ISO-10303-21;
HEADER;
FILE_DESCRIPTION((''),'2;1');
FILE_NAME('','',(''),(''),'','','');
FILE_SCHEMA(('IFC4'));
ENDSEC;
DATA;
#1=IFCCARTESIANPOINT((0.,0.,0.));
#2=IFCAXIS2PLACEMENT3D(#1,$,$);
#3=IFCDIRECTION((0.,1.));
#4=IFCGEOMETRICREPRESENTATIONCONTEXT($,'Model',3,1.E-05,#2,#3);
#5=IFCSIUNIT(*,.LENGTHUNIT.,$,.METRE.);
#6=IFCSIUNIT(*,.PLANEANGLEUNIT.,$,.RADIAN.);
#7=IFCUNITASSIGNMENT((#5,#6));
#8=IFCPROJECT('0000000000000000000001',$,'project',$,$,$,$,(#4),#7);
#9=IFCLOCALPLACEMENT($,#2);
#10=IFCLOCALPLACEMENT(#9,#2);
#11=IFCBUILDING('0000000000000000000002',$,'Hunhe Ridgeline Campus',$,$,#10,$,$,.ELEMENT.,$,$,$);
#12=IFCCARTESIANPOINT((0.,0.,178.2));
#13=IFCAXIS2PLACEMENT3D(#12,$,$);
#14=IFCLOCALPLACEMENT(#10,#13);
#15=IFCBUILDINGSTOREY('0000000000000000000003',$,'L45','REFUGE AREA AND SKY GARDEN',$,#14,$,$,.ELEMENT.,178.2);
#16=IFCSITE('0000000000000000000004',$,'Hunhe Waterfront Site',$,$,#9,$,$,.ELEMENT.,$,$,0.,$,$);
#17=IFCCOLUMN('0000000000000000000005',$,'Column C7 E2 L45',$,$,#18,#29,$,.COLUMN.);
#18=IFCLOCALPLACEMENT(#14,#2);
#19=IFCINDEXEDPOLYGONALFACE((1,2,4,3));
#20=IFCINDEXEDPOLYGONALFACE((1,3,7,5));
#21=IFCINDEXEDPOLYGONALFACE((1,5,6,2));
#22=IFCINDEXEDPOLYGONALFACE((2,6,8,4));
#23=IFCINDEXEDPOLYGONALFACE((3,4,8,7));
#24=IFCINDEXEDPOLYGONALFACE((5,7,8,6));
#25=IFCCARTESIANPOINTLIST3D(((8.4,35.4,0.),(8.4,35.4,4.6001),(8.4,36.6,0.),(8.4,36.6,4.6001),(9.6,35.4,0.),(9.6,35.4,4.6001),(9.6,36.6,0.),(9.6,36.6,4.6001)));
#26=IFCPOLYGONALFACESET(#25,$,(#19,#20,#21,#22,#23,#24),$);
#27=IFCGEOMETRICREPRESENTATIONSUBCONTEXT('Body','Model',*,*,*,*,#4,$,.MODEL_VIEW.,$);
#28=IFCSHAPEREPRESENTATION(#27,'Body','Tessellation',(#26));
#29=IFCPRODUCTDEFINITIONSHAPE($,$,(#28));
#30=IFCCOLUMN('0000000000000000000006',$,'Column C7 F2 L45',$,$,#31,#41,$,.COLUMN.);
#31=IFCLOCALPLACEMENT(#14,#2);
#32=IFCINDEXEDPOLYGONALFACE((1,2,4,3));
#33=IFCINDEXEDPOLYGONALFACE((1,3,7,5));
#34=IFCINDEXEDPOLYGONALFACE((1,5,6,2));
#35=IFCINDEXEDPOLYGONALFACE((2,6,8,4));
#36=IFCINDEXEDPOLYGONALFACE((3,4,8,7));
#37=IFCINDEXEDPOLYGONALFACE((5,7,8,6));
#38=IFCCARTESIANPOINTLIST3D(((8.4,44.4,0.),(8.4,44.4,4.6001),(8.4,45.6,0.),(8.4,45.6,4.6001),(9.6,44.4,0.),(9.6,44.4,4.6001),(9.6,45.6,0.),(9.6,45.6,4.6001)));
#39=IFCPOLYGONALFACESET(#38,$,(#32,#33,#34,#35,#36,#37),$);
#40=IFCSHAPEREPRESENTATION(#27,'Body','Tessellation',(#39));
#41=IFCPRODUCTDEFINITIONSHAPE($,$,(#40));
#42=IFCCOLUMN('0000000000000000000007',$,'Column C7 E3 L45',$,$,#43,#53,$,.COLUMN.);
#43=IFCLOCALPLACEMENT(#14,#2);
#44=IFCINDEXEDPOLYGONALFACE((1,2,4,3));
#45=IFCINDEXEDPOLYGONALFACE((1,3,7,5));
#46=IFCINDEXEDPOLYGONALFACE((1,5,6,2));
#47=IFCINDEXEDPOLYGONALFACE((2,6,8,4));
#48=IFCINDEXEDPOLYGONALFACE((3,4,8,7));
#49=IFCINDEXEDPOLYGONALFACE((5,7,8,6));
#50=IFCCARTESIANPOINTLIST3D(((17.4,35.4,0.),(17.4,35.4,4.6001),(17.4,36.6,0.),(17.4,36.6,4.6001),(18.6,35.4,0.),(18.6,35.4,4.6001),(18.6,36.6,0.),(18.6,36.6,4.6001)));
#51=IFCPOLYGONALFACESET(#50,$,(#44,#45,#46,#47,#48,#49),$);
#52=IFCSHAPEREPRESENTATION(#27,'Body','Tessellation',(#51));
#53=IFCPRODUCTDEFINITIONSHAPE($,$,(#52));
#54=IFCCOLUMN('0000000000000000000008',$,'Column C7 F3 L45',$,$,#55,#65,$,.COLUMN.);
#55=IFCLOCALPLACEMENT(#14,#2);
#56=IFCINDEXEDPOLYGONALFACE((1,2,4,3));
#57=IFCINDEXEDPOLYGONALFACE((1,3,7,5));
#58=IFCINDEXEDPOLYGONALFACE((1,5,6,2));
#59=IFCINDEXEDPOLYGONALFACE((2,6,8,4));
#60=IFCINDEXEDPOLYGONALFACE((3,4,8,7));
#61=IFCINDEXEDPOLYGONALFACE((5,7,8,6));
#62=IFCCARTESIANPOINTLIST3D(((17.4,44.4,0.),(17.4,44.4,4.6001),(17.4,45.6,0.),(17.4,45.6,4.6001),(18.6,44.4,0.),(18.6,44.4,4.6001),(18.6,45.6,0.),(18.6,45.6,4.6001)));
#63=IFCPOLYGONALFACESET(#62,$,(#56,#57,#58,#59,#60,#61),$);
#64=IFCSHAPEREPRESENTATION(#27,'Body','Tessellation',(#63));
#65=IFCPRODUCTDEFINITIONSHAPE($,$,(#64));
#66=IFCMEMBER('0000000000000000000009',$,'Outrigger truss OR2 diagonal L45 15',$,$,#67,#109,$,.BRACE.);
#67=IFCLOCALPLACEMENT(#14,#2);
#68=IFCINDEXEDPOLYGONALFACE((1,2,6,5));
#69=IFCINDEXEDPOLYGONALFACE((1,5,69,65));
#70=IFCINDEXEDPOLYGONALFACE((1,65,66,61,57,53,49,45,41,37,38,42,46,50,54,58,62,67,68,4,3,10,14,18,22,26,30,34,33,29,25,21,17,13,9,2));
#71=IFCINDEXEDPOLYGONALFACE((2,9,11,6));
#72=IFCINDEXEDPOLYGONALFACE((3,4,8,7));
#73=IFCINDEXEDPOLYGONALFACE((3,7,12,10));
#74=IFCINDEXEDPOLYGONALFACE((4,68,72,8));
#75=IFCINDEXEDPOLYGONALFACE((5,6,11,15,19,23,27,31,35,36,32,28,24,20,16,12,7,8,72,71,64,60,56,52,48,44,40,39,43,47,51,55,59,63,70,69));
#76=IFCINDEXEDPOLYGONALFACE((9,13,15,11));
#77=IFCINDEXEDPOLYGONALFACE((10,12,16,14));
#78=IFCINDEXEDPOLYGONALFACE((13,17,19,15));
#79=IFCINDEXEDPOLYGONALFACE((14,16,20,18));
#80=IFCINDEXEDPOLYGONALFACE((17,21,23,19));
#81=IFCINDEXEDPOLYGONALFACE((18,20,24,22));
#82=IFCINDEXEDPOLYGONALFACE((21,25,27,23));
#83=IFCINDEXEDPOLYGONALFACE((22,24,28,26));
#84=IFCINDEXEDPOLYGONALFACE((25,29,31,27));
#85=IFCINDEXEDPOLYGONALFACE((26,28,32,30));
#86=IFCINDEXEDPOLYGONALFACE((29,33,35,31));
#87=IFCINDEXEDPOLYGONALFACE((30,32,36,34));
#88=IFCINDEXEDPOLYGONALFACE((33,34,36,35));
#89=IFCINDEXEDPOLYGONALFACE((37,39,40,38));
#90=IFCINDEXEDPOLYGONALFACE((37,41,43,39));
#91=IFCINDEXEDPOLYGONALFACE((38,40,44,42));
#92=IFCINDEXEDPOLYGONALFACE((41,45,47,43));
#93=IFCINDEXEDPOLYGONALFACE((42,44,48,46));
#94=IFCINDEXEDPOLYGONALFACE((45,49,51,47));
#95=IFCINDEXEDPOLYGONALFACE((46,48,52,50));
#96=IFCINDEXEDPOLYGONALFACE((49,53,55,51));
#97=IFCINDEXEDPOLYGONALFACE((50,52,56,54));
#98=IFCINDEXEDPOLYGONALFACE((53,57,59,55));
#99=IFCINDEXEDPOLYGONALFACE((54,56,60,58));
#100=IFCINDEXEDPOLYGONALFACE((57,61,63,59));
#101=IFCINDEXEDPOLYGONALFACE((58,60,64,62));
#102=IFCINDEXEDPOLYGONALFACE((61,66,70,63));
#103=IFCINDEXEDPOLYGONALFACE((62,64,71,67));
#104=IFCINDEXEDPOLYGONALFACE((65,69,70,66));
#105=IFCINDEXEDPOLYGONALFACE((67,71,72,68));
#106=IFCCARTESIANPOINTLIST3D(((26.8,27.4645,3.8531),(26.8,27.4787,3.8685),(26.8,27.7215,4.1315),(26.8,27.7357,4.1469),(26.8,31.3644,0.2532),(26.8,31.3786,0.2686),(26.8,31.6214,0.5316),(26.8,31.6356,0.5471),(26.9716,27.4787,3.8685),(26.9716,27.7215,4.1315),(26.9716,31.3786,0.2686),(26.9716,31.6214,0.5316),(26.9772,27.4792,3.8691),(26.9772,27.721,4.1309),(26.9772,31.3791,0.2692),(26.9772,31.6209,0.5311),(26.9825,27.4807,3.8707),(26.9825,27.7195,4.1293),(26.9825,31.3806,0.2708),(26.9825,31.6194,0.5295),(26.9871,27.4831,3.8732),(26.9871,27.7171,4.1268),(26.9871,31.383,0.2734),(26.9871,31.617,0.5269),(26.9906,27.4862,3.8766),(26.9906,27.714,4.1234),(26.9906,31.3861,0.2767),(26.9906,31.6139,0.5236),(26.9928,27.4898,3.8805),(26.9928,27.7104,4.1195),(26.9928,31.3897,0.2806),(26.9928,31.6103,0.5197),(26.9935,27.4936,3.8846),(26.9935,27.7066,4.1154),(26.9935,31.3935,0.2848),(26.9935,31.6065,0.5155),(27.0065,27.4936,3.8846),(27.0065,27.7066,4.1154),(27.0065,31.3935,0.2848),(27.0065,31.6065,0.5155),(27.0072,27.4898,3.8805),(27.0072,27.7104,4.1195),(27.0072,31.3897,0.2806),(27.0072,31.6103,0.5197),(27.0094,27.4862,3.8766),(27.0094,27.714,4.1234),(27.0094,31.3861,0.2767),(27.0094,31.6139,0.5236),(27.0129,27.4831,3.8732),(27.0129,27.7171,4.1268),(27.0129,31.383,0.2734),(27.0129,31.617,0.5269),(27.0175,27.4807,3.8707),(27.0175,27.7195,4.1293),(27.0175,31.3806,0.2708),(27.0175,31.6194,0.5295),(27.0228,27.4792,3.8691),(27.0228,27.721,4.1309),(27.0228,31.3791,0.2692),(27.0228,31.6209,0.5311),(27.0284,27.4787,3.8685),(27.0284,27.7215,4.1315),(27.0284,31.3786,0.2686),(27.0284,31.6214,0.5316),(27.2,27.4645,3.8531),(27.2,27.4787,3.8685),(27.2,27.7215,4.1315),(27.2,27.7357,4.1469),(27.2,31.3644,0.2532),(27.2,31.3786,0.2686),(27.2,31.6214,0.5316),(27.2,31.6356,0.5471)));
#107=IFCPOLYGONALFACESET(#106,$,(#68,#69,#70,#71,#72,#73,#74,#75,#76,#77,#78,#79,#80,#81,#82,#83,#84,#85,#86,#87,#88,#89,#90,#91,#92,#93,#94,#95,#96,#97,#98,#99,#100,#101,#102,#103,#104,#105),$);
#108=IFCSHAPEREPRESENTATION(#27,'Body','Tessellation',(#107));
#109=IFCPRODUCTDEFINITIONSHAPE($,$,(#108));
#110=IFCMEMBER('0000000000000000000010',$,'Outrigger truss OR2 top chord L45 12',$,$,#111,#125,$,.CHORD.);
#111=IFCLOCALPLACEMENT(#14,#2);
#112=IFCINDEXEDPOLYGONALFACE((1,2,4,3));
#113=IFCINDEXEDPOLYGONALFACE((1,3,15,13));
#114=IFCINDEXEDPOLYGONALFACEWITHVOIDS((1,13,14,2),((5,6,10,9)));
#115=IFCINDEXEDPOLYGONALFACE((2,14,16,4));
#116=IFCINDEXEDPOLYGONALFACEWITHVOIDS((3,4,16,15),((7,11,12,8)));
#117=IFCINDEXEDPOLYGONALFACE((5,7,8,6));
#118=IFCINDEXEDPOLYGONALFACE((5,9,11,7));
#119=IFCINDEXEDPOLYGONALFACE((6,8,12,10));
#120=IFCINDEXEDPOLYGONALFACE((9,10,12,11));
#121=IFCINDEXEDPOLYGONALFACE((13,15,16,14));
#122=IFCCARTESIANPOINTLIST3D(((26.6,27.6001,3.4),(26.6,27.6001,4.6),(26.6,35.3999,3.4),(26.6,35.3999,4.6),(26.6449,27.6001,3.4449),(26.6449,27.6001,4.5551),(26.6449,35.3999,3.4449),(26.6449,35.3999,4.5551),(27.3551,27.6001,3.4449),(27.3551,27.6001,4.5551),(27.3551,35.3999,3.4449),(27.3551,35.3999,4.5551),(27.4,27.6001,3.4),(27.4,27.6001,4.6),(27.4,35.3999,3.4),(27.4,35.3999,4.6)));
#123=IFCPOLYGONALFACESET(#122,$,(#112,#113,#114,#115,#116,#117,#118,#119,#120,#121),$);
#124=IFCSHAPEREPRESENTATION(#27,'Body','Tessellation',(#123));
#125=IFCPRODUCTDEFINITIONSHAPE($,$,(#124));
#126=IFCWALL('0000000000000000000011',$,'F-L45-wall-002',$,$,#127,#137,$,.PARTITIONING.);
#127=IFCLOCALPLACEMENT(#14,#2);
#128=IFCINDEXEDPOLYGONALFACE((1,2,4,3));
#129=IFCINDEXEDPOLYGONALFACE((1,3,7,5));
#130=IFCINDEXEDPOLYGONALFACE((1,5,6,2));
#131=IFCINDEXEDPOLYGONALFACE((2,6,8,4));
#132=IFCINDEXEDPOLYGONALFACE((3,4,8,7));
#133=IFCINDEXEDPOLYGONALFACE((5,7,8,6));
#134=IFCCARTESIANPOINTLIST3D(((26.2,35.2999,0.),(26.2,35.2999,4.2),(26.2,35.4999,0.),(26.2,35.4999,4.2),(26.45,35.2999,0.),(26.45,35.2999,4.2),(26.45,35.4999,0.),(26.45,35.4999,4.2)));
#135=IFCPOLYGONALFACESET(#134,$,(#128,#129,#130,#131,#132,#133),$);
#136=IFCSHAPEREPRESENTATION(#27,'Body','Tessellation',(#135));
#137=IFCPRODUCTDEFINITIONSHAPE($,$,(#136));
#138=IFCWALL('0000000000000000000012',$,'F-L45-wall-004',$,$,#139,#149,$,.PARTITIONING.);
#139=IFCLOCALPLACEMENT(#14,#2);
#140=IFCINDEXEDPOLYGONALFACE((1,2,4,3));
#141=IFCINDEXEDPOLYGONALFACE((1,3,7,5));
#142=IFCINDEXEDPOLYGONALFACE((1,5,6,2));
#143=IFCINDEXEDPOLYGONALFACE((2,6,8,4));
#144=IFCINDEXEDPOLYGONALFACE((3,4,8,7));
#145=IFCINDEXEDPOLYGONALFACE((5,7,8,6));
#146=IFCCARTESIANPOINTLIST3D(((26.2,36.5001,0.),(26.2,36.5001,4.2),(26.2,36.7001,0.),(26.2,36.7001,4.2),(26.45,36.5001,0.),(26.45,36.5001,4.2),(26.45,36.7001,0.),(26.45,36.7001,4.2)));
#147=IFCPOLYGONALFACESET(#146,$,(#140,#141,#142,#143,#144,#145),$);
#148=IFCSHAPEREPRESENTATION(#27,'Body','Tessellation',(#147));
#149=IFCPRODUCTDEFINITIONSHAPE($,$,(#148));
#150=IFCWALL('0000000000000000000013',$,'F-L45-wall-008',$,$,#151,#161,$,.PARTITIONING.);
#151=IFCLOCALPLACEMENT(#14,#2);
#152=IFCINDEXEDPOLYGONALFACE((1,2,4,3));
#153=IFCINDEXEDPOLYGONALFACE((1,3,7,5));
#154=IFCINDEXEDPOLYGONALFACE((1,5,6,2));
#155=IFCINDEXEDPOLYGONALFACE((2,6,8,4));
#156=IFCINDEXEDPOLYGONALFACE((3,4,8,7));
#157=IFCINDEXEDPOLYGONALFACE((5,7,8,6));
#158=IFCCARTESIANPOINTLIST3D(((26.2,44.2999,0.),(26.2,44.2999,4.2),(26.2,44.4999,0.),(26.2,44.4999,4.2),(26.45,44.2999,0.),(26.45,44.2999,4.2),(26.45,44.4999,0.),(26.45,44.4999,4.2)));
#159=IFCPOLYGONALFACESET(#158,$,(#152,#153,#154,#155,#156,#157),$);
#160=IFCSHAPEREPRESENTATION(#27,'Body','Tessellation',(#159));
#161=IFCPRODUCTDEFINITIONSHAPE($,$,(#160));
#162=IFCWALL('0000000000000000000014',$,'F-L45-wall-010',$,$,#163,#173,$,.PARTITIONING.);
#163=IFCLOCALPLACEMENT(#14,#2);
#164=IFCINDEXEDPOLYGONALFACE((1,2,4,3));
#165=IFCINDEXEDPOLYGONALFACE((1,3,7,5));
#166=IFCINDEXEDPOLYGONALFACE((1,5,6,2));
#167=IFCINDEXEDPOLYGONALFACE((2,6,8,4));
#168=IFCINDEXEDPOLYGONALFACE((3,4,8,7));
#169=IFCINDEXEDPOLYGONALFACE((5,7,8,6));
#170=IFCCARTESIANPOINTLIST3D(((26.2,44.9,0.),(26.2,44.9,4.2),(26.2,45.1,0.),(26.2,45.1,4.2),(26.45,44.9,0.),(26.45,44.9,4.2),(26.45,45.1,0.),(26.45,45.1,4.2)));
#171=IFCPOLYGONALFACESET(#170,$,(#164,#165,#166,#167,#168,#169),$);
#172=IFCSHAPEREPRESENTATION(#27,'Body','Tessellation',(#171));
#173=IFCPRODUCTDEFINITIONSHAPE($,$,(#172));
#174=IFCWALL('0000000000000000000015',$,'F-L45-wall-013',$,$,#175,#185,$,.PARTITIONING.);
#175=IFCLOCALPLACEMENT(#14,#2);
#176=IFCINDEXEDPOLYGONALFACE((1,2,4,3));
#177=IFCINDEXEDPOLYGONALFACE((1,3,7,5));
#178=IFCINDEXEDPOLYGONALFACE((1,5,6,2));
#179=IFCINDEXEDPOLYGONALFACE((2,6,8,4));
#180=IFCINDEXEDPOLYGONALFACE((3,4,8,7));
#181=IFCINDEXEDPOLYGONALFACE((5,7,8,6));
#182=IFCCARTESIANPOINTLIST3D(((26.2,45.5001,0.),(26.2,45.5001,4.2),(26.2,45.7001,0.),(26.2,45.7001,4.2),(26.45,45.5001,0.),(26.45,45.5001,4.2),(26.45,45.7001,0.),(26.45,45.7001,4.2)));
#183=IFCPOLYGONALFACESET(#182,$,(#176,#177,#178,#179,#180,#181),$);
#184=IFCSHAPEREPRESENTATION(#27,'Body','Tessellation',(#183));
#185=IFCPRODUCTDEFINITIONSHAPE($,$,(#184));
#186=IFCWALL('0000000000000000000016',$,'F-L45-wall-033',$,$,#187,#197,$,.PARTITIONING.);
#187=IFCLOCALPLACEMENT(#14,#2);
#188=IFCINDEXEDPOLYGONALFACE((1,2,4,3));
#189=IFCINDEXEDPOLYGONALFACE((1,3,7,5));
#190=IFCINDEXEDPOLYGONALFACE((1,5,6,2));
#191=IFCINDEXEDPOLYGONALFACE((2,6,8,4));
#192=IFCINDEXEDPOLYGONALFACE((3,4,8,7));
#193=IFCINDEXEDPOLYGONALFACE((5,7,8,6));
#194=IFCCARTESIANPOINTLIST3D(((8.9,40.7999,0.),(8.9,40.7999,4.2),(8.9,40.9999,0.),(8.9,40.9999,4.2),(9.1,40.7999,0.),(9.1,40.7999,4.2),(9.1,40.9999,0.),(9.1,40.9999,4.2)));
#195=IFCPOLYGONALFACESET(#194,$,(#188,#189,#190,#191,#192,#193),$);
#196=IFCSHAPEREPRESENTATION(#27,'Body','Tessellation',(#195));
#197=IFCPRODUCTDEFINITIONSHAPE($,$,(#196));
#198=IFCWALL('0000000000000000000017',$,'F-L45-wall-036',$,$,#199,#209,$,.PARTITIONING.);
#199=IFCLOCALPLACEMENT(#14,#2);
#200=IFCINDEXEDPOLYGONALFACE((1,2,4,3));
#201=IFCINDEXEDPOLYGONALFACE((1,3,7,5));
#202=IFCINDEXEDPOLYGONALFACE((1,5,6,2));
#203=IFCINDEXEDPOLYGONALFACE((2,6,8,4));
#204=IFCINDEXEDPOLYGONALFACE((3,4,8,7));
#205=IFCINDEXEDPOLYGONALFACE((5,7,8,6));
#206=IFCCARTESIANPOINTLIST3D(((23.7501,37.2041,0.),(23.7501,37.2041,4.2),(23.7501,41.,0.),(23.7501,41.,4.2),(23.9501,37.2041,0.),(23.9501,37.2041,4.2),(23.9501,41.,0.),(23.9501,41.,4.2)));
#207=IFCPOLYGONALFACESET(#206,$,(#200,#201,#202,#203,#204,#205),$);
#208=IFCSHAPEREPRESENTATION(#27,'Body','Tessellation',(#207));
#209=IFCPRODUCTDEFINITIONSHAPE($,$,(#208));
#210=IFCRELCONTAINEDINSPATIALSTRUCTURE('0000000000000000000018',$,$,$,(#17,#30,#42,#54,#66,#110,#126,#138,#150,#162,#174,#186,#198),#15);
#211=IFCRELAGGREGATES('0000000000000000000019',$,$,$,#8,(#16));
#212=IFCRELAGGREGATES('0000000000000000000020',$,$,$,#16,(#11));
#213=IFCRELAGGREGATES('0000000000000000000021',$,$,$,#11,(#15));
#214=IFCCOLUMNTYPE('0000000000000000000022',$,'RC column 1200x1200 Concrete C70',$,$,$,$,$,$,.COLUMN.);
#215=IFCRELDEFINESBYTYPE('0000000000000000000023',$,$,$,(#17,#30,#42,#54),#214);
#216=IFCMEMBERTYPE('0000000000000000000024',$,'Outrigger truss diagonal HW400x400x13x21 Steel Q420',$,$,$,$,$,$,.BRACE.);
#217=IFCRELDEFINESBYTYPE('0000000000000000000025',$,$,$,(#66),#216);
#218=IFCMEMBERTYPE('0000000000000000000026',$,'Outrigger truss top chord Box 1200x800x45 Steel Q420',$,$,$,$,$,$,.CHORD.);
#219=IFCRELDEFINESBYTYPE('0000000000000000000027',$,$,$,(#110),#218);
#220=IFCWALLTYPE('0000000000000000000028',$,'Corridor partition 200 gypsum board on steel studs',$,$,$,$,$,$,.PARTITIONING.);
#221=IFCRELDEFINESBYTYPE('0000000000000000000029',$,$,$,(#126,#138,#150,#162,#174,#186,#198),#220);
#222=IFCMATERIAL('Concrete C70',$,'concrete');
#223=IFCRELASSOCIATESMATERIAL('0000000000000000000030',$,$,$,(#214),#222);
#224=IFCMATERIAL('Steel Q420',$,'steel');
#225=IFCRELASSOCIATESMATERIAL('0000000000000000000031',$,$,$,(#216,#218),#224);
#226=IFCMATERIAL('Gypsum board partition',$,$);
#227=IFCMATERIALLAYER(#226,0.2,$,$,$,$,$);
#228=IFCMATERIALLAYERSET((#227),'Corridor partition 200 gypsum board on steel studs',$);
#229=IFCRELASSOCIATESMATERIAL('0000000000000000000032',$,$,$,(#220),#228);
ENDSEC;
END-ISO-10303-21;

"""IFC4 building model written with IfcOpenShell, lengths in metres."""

from ifc_helpers import new_model, si_unit, direction, frame, frame_2d, origin, origin_2d, place, context, subcontext, project, spatial, rectangle, hollow_rectangle, i_section, extrude, material, layer, layer_set, material_profile, profile_set, type_object, element, save


model = new_model("IFC4")

# Units and contexts
model_context = context("Model", 3, precision=1e-05, world=origin(), true_north=direction((0.0, 1.0)))
body_context = subcontext(model_context, "Body", "Model", "MODEL_VIEW")
ifc_project = project(units=[si_unit("LENGTHUNIT", "METRE"), si_unit("PLANEANGLEUNIT", "RADIAN")], contexts=[model_context])

# Site, building, storey
site_placement = place(None, origin())
site = spatial("IfcSite", under=ifc_project, at=site_placement, Name="Hunhe Waterfront Site", CompositionType="ELEMENT", RefElevation=0.0)
building_placement = place(site_placement, origin())
building = spatial("IfcBuilding", under=site, at=building_placement, Name="Hunhe Ridgeline Campus", CompositionType="ELEMENT")
storey_placement = place(building_placement, frame((0.0, 0.0, 178.2)))
storey = spatial("IfcBuildingStorey", under=building, at=storey_placement, Name="L45", Description="REFUGE AREA AND SKY GARDEN", CompositionType="ELEMENT", Elevation=178.2)

# Columns
ifc_material_1 = material(Name="Concrete C70", Category="concrete")
ifc_material_profile_1 = material_profile(ifc_material_1, rectangle(XDim=1.2, YDim=1.2, at=origin_2d()))
ifc_profile_set_1 = profile_set([ifc_material_profile_1], Name="Concrete C70")
column_type = type_object("IfcColumnType", Name="RC column 1200x1200 Concrete C70", PredefinedType="COLUMN", material=ifc_profile_set_1)
for number, where, z_axis, x_axis, name in (
    (1, (9.0, 36.0, 0.0), (0.0, 0.0, 1.0), (1.0, 0.0, 0.0), "Column C7 E2 L45"),
    (2, (9.0, 45.0, 0.0), (0.0, 0.0, 1.0), (1.0, 0.0, 0.0), "Column C7 F2 L45"),
    (3, (18.0, 36.0, 0.0), (0.0, 0.0, 1.0), (1.0, 0.0, 0.0), "Column C7 E3 L45"),
    (4, (18.0, 45.0, 0.0), (0.0, 0.0, 1.0), (1.0, 0.0, 0.0), "Column C7 F3 L45"),
):
    element("IfcColumn", number, at=place(storey_placement, frame(where, z_axis=z_axis, x_axis=x_axis)), inside=storey, type_object=column_type, Name=name, PredefinedType="COLUMN", context=body_context, shape_type="SweptSolid", body=[
        extrude(rectangle(XDim=1.2, YDim=1.2, at=origin_2d()), origin(), (0.0, 0.0, 1.0), 4.6001),
    ])

# Members
ifc_material_2 = material(Name="Steel Q420", Category="steel")
ifc_material_profile_2 = material_profile(ifc_material_2, i_section(OverallWidth=0.3999, OverallDepth=0.3999, WebThickness=0.0129, FlangeThickness=0.021, FilletRadius=0.022, at=origin_2d()))
ifc_profile_set_2 = profile_set([ifc_material_profile_2], Name="Steel Q420")
member_type_1 = type_object("IfcMemberType", Name="Outrigger truss diagonal HW400x400x13x21 Steel Q420", PredefinedType="BRACE", material=ifc_profile_set_2)
member_1_placement = place(storey_placement, frame((27.0, 31.5, 0.4001), z_axis=(0.0, -0.734809, 0.678274), x_axis=(1.0, 0.0, 0.0)))
element("IfcMember", 5, at=member_1_placement, inside=storey, type_object=member_type_1, Name="Outrigger truss OR2 diagonal L45 15", PredefinedType="BRACE", context=body_context, shape_type="SweptSolid", body=[
    extrude(i_section(OverallWidth=0.3999, OverallDepth=0.3999, WebThickness=0.0129, FlangeThickness=0.021, FilletRadius=0.022, at=origin_2d()), origin(), (0.0, 0.0, 1.0), 5.3074),
])
ifc_material_profile_3 = material_profile(ifc_material_2, hollow_rectangle(XDim=0.8, YDim=1.2, WallThickness=0.0449, at=origin_2d()))
ifc_profile_set_3 = profile_set([ifc_material_profile_3], Name="Steel Q420")
member_type_2 = type_object("IfcMemberType", Name="Outrigger truss top chord Box 1200x800x45 Steel Q420", PredefinedType="CHORD", material=ifc_profile_set_3)
member_2_placement = place(storey_placement, frame((27.0, 35.3999, 4.0), z_axis=(0.0, -1.0, 0.0), x_axis=(1.0, 0.0, 0.0)))
element("IfcMember", 6, at=member_2_placement, inside=storey, type_object=member_type_2, Name="Outrigger truss OR2 top chord L45 12", PredefinedType="CHORD", context=body_context, shape_type="SweptSolid", body=[
    extrude(hollow_rectangle(XDim=0.8, YDim=1.2, WallThickness=0.0449, at=origin_2d()), origin(), (0.0, 0.0, 1.0), 7.7998),
])

# Walls
ifc_material_3 = material(Name="Gypsum board partition")
ifc_layer_1 = layer(ifc_material_3, 0.2)
ifc_layer_set_1 = layer_set([ifc_layer_1], Name="Corridor partition 200 gypsum board on steel studs")
wall_type_1 = type_object("IfcWallType", Name="Corridor partition 200 gypsum board on steel studs", PredefinedType="PARTITIONING", material=ifc_layer_set_1)
for number, where, z_axis, x_axis, name in (
    (7, (26.2, 35.3999, 0.0), (0.0, 0.0, 1.0), (1.0, 0.0, 0.0), "F-L45-wall-002"),
    (8, (26.2, 36.6001, 0.0), (0.0, 0.0, 1.0), (1.0, 0.0, 0.0), "F-L45-wall-004"),
):
    element("IfcWall", number, at=place(storey_placement, frame(where, z_axis=z_axis, x_axis=x_axis)), inside=storey, type_object=wall_type_1, Name=name, PredefinedType="PARTITIONING", context=body_context, shape_type="SweptSolid", body=[
        extrude(rectangle(XDim=0.25, YDim=0.2, at=frame_2d((0.125, 0.0))), origin(), (0.0, 0.0, 1.0), 4.2),
    ])

# Walls
for number, where, z_axis, x_axis, name in (
    (9, (26.2, 44.3999, 0.0), (0.0, 0.0, 1.0), (1.0, 0.0, 0.0), "F-L45-wall-008"),
    (10, (26.2, 45.0, 0.0), (0.0, 0.0, 1.0), (1.0, 0.0, 0.0), "F-L45-wall-010"),
    (11, (26.2, 45.6001, 0.0), (0.0, 0.0, 1.0), (1.0, 0.0, 0.0), "F-L45-wall-013"),
):
    element("IfcWall", number, at=place(storey_placement, frame(where, z_axis=z_axis, x_axis=x_axis)), inside=storey, type_object=wall_type_1, Name=name, PredefinedType="PARTITIONING", context=body_context, shape_type="SweptSolid", body=[
        extrude(rectangle(XDim=0.25, YDim=0.2, at=frame_2d((0.125, 0.0))), origin(), (0.0, 0.0, 1.0), 4.2),
    ])
wall_1_placement = place(storey_placement, frame((9.0, 41.0, 0.0), z_axis=(0.0, 0.0, 1.0), x_axis=(0.0, -1.0, 0.0)))
element("IfcWall", 12, at=wall_1_placement, inside=storey, type_object=wall_type_1, Name="F-L45-wall-033", PredefinedType="PARTITIONING", context=body_context, shape_type="SweptSolid", body=[
    extrude(rectangle(XDim=0.2, YDim=0.2, at=frame_2d((0.1001, 0.0))), origin(), (0.0, 0.0, 1.0), 4.2),
])

# Wall
wall_2_placement = place(storey_placement, frame((23.8501, 37.2041, 0.0), z_axis=(0.0, 0.0, 1.0), x_axis=(0.0, 1.0, 0.0)))
element("IfcWall", 13, at=wall_2_placement, inside=storey, type_object=wall_type_1, Name="F-L45-wall-036", PredefinedType="PARTITIONING", context=body_context, shape_type="SweptSolid", body=[
    extrude(rectangle(XDim=3.7959, YDim=0.2, at=frame_2d((1.8979, 0.0))), origin(), (0.0, 0.0, 1.0), 4.2),
])

save(model, "model.ifc")
